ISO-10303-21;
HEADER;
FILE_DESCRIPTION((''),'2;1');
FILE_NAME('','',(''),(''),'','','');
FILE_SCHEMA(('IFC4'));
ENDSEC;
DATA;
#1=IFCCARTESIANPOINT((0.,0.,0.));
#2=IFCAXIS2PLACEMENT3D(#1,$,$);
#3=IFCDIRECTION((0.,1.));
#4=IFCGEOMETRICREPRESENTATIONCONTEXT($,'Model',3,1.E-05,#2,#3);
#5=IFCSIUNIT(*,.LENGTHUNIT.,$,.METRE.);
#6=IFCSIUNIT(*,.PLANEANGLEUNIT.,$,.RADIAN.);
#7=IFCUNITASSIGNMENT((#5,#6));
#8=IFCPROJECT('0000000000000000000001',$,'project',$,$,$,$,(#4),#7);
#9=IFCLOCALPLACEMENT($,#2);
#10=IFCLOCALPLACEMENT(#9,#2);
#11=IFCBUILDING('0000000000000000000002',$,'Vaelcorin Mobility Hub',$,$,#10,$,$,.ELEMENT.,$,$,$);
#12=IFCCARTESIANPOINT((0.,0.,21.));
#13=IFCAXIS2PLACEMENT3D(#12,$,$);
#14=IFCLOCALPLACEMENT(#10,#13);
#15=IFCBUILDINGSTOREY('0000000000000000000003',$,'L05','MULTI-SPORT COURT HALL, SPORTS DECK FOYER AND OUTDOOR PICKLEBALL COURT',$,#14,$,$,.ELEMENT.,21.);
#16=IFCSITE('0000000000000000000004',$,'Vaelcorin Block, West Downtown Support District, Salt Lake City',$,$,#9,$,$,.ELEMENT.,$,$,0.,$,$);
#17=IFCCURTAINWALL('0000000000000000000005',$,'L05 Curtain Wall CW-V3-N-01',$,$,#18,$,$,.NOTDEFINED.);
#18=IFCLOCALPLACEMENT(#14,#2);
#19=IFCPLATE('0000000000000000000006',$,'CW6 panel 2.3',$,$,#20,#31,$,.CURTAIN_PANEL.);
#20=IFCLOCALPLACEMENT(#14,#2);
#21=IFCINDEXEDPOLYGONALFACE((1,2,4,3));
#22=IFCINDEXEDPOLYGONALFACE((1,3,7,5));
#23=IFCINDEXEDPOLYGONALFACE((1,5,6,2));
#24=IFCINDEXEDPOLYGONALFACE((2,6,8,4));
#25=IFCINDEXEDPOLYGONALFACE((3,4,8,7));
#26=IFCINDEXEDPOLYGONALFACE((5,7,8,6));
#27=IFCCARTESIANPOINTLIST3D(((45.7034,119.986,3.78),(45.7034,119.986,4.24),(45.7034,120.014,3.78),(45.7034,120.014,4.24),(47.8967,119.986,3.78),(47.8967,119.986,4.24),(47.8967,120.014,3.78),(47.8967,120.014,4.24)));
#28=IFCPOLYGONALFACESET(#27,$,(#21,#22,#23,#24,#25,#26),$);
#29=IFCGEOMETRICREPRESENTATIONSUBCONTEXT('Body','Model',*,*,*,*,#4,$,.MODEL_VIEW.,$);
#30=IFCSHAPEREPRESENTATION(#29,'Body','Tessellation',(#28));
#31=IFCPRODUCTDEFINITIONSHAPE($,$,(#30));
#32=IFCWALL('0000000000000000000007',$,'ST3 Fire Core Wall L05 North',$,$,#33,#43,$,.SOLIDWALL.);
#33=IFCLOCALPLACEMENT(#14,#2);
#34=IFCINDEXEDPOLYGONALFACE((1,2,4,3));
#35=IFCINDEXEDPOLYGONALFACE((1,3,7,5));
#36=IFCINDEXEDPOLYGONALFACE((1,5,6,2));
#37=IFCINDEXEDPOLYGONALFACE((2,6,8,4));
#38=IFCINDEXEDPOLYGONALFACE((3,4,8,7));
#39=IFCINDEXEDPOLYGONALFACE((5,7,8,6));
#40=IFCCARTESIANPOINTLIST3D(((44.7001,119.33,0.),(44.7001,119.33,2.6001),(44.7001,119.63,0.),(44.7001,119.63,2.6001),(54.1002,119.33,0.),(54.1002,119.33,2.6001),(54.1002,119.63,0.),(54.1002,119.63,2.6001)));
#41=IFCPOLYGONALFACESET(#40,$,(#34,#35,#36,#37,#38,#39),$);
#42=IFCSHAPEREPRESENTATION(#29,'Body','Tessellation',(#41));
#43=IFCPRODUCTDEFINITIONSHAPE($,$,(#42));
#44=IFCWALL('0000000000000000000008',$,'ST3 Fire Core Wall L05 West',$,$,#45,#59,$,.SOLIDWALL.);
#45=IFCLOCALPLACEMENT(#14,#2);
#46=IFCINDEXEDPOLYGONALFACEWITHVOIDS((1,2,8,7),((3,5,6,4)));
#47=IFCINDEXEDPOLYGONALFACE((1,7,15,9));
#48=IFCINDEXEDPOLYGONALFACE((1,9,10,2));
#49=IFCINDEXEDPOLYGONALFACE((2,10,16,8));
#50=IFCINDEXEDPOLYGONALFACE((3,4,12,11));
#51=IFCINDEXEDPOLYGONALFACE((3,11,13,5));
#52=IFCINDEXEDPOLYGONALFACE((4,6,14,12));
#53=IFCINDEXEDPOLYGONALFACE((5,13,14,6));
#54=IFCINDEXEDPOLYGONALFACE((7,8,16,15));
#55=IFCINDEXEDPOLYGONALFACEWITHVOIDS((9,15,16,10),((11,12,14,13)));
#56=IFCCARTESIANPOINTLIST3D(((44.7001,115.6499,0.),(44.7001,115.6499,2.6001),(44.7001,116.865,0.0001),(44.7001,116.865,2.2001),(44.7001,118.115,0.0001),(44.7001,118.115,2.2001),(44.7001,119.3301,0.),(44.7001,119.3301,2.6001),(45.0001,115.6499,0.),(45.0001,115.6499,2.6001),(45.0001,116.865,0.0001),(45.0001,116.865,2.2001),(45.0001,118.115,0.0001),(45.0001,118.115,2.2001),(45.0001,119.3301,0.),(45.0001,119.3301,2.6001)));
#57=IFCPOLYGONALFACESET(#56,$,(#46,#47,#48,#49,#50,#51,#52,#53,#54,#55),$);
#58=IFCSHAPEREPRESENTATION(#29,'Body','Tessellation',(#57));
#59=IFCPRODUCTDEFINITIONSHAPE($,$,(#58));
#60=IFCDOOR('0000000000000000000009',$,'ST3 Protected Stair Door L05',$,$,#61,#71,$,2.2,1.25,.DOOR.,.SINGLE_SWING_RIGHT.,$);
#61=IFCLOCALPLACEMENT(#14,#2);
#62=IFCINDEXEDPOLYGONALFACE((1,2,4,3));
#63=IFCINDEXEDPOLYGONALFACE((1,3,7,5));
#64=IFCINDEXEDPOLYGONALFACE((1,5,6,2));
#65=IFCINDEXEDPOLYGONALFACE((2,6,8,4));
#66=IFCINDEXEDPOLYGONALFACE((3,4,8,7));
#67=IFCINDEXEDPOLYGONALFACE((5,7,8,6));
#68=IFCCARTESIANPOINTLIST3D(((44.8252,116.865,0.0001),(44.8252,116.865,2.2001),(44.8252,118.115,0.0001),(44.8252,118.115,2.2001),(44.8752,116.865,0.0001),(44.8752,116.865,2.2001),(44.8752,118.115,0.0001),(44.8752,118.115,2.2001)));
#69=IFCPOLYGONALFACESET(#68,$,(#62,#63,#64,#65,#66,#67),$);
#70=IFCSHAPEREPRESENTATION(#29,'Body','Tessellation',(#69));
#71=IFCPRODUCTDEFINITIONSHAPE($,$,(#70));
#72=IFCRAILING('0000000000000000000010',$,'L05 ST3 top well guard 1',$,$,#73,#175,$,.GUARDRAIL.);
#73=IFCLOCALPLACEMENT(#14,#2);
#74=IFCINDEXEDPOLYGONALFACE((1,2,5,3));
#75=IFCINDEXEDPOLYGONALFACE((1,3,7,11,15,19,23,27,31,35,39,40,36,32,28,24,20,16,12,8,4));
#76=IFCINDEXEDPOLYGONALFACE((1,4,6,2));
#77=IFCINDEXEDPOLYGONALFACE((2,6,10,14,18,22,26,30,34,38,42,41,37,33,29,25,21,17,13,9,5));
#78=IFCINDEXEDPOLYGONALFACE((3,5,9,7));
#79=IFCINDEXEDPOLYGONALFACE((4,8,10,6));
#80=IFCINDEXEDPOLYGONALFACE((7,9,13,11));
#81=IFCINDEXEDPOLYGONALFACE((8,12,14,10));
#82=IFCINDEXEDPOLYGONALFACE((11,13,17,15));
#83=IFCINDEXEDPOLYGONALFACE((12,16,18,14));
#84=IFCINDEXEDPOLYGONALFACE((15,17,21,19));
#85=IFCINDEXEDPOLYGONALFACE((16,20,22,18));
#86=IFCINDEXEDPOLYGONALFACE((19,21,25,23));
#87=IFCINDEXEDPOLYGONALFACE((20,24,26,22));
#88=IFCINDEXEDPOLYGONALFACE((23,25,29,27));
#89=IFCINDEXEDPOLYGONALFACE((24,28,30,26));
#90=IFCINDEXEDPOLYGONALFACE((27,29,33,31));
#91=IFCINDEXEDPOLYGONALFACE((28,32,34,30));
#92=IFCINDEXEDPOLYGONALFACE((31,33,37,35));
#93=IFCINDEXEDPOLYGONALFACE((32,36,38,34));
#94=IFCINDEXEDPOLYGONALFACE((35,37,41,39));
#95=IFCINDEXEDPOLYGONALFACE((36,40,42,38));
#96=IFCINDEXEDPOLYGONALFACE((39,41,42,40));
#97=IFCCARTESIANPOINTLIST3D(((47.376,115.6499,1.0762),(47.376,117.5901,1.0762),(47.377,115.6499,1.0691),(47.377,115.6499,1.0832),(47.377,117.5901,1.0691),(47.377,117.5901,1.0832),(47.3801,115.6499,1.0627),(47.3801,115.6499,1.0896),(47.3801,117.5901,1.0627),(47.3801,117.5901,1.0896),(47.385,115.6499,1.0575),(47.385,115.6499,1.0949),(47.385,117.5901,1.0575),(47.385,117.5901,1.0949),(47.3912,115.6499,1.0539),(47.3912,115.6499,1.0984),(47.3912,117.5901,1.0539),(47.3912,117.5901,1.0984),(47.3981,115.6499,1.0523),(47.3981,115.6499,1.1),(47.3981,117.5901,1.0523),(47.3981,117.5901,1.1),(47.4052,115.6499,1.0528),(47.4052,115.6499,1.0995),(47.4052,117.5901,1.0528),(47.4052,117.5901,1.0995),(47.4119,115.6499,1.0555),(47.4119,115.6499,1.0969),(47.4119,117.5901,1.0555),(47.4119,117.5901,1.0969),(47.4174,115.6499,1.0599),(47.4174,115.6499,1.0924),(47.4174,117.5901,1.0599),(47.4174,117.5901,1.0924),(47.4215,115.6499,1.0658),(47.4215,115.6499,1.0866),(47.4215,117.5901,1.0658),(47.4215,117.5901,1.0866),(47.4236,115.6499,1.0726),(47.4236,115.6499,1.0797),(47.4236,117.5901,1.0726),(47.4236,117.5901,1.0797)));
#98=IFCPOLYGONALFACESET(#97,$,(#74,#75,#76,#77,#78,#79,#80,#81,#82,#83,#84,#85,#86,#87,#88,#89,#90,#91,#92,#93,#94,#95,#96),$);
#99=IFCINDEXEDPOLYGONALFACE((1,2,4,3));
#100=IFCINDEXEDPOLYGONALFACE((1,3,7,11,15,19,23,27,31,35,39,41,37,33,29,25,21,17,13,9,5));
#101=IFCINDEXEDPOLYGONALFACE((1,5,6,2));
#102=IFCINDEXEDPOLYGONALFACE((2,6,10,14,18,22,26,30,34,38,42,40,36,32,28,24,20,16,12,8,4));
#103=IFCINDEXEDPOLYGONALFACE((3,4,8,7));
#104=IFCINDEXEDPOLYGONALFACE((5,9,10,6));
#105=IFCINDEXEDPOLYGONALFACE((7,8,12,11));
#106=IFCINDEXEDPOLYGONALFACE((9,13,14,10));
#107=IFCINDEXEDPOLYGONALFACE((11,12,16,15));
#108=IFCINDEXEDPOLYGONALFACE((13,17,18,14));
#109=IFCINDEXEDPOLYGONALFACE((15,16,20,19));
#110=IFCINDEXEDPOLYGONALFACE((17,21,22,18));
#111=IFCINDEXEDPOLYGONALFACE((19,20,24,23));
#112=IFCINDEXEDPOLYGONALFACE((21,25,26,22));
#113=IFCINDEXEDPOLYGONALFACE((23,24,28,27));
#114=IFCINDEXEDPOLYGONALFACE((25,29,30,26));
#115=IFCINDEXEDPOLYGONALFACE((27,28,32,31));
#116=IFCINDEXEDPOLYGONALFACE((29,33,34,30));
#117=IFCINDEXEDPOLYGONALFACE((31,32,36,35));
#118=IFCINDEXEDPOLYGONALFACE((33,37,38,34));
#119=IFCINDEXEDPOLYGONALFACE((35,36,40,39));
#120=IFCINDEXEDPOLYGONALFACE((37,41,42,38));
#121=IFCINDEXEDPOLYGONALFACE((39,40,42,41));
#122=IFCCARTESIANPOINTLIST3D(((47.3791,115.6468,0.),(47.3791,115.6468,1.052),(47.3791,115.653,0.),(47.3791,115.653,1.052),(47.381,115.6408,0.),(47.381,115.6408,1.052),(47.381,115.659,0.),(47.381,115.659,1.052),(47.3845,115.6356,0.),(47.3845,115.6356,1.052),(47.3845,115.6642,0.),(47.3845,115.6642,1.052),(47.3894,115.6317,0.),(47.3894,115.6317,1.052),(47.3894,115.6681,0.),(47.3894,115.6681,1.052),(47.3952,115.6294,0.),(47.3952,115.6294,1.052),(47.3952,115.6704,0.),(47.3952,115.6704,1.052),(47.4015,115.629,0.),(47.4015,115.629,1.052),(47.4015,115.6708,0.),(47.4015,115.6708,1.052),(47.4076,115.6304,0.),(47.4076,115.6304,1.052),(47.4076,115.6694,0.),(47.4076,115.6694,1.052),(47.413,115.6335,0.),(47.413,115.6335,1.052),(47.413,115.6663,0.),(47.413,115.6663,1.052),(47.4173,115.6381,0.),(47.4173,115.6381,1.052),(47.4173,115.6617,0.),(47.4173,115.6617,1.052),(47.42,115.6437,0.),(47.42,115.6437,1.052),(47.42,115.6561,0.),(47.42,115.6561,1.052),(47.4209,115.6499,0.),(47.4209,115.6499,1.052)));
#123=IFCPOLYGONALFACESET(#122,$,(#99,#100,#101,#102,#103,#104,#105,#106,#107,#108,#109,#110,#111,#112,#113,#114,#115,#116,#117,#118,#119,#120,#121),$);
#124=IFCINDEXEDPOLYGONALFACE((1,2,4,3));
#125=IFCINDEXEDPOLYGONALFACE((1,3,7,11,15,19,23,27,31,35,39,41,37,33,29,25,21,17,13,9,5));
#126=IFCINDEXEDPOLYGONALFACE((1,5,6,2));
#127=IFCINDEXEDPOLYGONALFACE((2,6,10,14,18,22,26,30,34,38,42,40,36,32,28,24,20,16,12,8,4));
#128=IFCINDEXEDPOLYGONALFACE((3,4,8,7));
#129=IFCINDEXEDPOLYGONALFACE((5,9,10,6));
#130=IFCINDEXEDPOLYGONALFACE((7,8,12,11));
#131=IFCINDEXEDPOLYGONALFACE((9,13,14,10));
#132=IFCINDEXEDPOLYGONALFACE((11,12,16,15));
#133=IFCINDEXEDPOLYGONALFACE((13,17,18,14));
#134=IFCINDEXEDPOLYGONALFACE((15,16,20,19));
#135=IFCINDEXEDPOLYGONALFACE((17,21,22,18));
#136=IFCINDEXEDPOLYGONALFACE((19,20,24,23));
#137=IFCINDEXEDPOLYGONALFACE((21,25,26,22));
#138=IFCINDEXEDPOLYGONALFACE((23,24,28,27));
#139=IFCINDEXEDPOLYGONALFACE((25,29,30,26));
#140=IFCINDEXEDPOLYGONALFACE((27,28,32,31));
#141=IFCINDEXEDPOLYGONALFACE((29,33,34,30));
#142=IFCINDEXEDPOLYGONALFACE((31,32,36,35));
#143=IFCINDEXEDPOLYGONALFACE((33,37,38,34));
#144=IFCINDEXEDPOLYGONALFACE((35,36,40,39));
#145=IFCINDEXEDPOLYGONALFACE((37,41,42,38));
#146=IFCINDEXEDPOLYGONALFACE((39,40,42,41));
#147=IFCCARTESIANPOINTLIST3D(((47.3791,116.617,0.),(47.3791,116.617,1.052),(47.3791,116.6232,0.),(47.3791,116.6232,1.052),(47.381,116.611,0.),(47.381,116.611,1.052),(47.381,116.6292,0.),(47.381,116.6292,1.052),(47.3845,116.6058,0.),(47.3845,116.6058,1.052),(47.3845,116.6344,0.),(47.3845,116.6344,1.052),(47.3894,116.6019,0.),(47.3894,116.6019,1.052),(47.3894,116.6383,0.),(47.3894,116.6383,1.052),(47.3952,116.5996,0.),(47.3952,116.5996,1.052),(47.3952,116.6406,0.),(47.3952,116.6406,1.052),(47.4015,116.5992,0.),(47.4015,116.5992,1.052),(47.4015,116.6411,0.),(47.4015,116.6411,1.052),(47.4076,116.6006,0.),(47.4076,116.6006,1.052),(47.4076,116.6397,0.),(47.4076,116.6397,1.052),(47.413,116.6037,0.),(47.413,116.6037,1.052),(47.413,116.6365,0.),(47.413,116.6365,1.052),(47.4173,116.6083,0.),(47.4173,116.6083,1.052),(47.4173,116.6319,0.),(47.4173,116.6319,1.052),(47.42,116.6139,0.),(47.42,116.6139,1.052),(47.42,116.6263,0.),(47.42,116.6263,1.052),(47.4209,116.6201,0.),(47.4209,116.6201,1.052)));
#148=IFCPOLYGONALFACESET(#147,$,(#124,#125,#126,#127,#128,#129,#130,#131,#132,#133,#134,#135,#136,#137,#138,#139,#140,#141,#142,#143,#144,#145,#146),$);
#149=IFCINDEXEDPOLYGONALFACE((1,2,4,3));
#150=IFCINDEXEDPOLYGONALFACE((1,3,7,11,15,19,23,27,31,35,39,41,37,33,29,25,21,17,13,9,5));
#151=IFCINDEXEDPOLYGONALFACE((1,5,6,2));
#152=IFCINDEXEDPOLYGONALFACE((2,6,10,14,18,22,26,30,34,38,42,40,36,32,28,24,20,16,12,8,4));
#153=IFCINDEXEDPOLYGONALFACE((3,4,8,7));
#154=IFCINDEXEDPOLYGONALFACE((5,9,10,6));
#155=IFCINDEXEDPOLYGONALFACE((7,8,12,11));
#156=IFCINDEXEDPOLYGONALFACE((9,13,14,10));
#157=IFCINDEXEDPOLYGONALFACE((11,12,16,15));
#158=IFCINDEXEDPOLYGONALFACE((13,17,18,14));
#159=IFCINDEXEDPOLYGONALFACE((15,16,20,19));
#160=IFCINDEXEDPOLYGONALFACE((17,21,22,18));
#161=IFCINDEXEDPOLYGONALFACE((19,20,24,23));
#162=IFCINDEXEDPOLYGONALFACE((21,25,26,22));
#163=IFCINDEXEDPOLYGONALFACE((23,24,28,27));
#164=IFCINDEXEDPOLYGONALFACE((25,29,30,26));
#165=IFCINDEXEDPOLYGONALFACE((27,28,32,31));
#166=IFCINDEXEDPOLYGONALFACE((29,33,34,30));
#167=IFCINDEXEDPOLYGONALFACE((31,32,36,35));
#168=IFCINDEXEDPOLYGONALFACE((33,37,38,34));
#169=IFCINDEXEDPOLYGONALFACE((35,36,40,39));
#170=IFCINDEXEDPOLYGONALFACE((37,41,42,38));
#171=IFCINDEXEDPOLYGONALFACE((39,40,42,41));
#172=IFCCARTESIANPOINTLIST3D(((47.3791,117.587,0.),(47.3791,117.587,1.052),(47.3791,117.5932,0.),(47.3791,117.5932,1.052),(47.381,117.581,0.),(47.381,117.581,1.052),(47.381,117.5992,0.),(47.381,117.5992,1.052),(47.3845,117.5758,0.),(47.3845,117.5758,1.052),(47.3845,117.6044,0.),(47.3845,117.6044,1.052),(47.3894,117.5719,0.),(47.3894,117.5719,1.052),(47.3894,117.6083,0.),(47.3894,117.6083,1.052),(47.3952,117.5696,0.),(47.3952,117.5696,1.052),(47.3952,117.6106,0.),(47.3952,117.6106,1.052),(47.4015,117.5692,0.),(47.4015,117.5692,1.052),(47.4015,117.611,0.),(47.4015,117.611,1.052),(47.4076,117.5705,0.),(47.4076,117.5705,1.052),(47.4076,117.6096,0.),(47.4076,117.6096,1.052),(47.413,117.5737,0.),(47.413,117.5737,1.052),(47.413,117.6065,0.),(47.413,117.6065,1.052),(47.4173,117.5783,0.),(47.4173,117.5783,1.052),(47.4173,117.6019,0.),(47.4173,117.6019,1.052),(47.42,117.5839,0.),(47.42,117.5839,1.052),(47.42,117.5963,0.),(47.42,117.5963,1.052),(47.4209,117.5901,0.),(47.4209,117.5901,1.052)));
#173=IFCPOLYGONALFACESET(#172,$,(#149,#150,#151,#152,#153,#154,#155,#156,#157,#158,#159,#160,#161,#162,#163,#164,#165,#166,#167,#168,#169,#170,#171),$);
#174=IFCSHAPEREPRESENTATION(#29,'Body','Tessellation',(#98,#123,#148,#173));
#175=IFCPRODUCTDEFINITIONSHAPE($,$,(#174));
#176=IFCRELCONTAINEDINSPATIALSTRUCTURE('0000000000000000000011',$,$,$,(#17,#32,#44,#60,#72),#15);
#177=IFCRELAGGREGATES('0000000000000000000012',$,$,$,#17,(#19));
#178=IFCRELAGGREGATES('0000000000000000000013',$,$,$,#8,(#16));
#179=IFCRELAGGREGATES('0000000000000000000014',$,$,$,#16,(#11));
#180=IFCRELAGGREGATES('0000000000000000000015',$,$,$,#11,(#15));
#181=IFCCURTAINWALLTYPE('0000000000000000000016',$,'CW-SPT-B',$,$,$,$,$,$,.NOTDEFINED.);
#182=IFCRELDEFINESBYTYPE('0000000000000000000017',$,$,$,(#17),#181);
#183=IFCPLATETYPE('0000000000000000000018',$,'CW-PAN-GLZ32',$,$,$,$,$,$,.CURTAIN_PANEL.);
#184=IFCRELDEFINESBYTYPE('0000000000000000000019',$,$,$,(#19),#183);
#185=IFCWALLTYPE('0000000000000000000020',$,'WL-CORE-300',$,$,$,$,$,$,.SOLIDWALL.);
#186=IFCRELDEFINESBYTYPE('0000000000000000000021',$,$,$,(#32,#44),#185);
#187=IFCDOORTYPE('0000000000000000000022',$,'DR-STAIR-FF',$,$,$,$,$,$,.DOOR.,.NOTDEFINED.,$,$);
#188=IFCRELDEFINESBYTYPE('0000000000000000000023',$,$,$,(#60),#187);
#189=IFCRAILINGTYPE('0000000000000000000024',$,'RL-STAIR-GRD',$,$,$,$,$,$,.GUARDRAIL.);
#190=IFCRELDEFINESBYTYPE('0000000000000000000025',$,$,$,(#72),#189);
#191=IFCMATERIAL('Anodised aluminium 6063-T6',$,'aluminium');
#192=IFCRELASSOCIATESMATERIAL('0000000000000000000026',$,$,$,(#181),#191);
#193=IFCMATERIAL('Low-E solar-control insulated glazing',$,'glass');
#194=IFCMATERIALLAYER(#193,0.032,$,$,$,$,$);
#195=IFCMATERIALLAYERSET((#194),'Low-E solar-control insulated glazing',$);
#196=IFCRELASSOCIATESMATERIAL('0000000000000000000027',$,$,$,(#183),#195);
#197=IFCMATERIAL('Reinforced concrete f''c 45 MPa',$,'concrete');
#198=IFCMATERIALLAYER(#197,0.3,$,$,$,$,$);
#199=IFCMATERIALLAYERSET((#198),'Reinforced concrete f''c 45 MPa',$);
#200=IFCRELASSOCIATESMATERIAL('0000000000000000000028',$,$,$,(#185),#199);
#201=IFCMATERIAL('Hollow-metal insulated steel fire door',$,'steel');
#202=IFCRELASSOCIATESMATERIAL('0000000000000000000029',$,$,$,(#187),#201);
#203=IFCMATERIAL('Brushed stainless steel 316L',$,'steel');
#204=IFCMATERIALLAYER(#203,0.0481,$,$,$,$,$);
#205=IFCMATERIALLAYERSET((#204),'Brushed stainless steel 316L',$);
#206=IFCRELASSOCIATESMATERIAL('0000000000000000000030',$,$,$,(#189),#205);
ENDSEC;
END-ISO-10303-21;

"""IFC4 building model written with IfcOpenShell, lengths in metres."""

from ifc_helpers import new_model, si_unit, direction, frame, frame_2d, origin, origin_2d, place, context, subcontext, project, spatial, rectangle, circle, extrude, material, layer, layer_set, type_object, element, fill, aggregate, save


model = new_model("IFC4")

# Units and contexts
model_context = context("Model", 3, precision=1e-05, world=origin(), true_north=direction((0.0, 1.0)))
body_context = subcontext(model_context, "Body", "Model", "MODEL_VIEW")
ifc_project = project(units=[si_unit("LENGTHUNIT", "METRE"), si_unit("PLANEANGLEUNIT", "RADIAN")], contexts=[model_context])

# Site, building, storey
site_placement = place(None, origin())
site = spatial("IfcSite", under=ifc_project, at=site_placement, Name="Vaelcorin Block, West Downtown Support District, Salt Lake City", CompositionType="ELEMENT", RefElevation=0.0)
building_placement = place(site_placement, origin())
building = spatial("IfcBuilding", under=site, at=building_placement, Name="Vaelcorin Mobility Hub", CompositionType="ELEMENT")
storey_placement = place(building_placement, frame((0.0, 0.0, 21.0)))
storey = spatial("IfcBuildingStorey", under=building, at=storey_placement, Name="L05", Description="MULTI-SPORT COURT HALL, SPORTS DECK FOYER AND OUTDOOR PICKLEBALL COURT", CompositionType="ELEMENT", Elevation=21.0)

# Shared definitions
ifc_material_1 = material(Name="Anodised aluminium 6063-T6", Category="aluminium")

# Curtain wall
curtain_wall_type_1 = type_object("IfcCurtainWallType", Name="CW-SPT-B", PredefinedType="NOTDEFINED", material=ifc_material_1)
curtain_wall_1_placement = place(storey_placement, origin())
curtain_wall_1 = element("IfcCurtainWall", 1, at=curtain_wall_1_placement, inside=storey, type_object=curtain_wall_type_1, Name="L05 Curtain Wall CW-V3-N-01", PredefinedType="NOTDEFINED")

# Plate
ifc_material_2 = material(Name="Low-E solar-control insulated glazing", Category="glass")
ifc_layer_1 = layer(ifc_material_2, 0.032)
ifc_layer_set_1 = layer_set([ifc_layer_1], Name="Low-E solar-control insulated glazing")
plate_type_1 = type_object("IfcPlateType", Name="CW-PAN-GLZ32", PredefinedType="CURTAIN_PANEL", material=ifc_layer_set_1)
plate_1_placement = place(storey_placement, frame((46.8, 120.0, 3.78), z_axis=(0.0, 0.0, 1.0), x_axis=(1.0, 0.0, 0.0)))
plate_1 = element("IfcPlate", 2, at=plate_1_placement, type_object=plate_type_1, Name="CW6 panel 2.3", PredefinedType="CURTAIN_PANEL", context=body_context, shape_type="SweptSolid", body=[
    extrude(rectangle(XDim=2.1934, YDim=0.0281, at=origin_2d()), origin(), (0.0, 0.0, 1.0), 0.46),
])
aggregate(curtain_wall_1, [plate_1])

# Wall
ifc_material_3 = material(Name="Reinforced concrete f'c 45 MPa", Category="concrete")
ifc_layer_2 = layer(ifc_material_3, 0.3)
ifc_layer_set_2 = layer_set([ifc_layer_2], Name="Reinforced concrete f'c 45 MPa")
wall_type = type_object("IfcWallType", Name="WL-CORE-300", PredefinedType="SOLIDWALL", material=ifc_layer_set_2)
wall_1_placement = place(storey_placement, frame((44.7, 119.48, 0.0), z_axis=(0.0, 0.0, 1.0), x_axis=(1.0, 0.0, 0.0)))
element("IfcWall", 3, at=wall_1_placement, inside=storey, type_object=wall_type, Name="ST3 Fire Core Wall L05 North", PredefinedType="SOLIDWALL", context=body_context, shape_type="SweptSolid", body=[
    extrude(rectangle(XDim=9.4001, YDim=0.3, at=frame_2d((4.7002, 0.0))), origin(), (0.0, 0.0, 1.0), 2.6001),
])

# Wall, opening, door
wall_2_placement = place(storey_placement, frame((44.8501, 115.6499, 0.0), z_axis=(0.0, 0.0, 1.0), x_axis=(0.0, 1.0, 0.0)))
wall_2 = element("IfcWall", 4, at=wall_2_placement, inside=storey, type_object=wall_type, Name="ST3 Fire Core Wall L05 West", PredefinedType="SOLIDWALL", context=body_context, shape_type="SweptSolid", body=[
    extrude(rectangle(XDim=3.6802, YDim=0.3, at=frame_2d((1.8401, 0.0))), origin(), (0.0, 0.0, 1.0), 2.6001),
])
opening_placement = place(wall_2_placement, frame((1.2151, 0.0, 0.0)))
opening = element("IfcOpeningElement", 5, at=opening_placement, cuts=wall_2, PredefinedType="OPENING", context=body_context, shape_type="SweptSolid", body=[
    extrude(rectangle(XDim=1.25, YDim=2.2, at=frame_2d((0.625, 1.1001))), frame((0.0, 0.1599, 0.0), z_axis=(0.0, -1.0, 0.0), x_axis=(1.0, 0.0, 0.0)), (0.0, 0.0, 1.0), 0.3201),
])
ifc_material_4 = material(Name="Hollow-metal insulated steel fire door", Category="steel")
door_type = type_object("IfcDoorType", Name="DR-STAIR-FF", OperationType="NOTDEFINED", PredefinedType="DOOR", material=ifc_material_4)
door_placement = place(opening_placement, origin())
door = element("IfcDoor", 6, at=door_placement, inside=storey, type_object=door_type, Name="ST3 Protected Stair Door L05", OperationType="SINGLE_SWING_RIGHT", OverallHeight=2.2, OverallWidth=1.25, PredefinedType="DOOR", context=body_context, shape_type="SweptSolid", body=[
    extrude(rectangle(XDim=1.25, YDim=2.2, at=frame_2d((0.625, 1.1001))), frame((0.0, 0.0249, 0.0), z_axis=(0.0, -1.0, 0.0), x_axis=(1.0, 0.0, 0.0)), (0.0, 0.0, 1.0), 0.05),
])
fill(opening, door)

# Railing
ifc_material_5 = material(Name="Brushed stainless steel 316L", Category="steel")
ifc_layer_3 = layer(ifc_material_5, 0.0481)
ifc_layer_set_3 = layer_set([ifc_layer_3], Name="Brushed stainless steel 316L")
railing_type = type_object("IfcRailingType", Name="RL-STAIR-GRD", PredefinedType="GUARDRAIL", material=ifc_layer_set_3)
railing_placement = place(storey_placement, frame((47.3999, 115.6499, 0.0)))
element("IfcRailing", 7, at=railing_placement, inside=storey, type_object=railing_type, Name="L05 ST3 top well guard 1", PredefinedType="GUARDRAIL", context=body_context, shape_type="SweptSolid", body=[
    extrude(circle(Radius=0.0239, at=origin_2d()), frame((0.0, 0.0, 1.0762), z_axis=(0.0, 1.0, 0.0), x_axis=(-1.0, 0.0, 0.0)), (0.0, 0.0, 1.0), 1.9402),
    extrude(circle(Radius=0.021, at=origin_2d()), origin(), (0.0, 0.0, 1.0), 1.052),
    extrude(circle(Radius=0.021, at=origin_2d()), frame((0.0, 0.9702, 0.0)), (0.0, 0.0, 1.0), 1.052),
    extrude(circle(Radius=0.021, at=origin_2d()), frame((0.0, 1.9402, 0.0)), (0.0, 0.0, 1.0), 1.052),
])

save(model, "model.ifc")
